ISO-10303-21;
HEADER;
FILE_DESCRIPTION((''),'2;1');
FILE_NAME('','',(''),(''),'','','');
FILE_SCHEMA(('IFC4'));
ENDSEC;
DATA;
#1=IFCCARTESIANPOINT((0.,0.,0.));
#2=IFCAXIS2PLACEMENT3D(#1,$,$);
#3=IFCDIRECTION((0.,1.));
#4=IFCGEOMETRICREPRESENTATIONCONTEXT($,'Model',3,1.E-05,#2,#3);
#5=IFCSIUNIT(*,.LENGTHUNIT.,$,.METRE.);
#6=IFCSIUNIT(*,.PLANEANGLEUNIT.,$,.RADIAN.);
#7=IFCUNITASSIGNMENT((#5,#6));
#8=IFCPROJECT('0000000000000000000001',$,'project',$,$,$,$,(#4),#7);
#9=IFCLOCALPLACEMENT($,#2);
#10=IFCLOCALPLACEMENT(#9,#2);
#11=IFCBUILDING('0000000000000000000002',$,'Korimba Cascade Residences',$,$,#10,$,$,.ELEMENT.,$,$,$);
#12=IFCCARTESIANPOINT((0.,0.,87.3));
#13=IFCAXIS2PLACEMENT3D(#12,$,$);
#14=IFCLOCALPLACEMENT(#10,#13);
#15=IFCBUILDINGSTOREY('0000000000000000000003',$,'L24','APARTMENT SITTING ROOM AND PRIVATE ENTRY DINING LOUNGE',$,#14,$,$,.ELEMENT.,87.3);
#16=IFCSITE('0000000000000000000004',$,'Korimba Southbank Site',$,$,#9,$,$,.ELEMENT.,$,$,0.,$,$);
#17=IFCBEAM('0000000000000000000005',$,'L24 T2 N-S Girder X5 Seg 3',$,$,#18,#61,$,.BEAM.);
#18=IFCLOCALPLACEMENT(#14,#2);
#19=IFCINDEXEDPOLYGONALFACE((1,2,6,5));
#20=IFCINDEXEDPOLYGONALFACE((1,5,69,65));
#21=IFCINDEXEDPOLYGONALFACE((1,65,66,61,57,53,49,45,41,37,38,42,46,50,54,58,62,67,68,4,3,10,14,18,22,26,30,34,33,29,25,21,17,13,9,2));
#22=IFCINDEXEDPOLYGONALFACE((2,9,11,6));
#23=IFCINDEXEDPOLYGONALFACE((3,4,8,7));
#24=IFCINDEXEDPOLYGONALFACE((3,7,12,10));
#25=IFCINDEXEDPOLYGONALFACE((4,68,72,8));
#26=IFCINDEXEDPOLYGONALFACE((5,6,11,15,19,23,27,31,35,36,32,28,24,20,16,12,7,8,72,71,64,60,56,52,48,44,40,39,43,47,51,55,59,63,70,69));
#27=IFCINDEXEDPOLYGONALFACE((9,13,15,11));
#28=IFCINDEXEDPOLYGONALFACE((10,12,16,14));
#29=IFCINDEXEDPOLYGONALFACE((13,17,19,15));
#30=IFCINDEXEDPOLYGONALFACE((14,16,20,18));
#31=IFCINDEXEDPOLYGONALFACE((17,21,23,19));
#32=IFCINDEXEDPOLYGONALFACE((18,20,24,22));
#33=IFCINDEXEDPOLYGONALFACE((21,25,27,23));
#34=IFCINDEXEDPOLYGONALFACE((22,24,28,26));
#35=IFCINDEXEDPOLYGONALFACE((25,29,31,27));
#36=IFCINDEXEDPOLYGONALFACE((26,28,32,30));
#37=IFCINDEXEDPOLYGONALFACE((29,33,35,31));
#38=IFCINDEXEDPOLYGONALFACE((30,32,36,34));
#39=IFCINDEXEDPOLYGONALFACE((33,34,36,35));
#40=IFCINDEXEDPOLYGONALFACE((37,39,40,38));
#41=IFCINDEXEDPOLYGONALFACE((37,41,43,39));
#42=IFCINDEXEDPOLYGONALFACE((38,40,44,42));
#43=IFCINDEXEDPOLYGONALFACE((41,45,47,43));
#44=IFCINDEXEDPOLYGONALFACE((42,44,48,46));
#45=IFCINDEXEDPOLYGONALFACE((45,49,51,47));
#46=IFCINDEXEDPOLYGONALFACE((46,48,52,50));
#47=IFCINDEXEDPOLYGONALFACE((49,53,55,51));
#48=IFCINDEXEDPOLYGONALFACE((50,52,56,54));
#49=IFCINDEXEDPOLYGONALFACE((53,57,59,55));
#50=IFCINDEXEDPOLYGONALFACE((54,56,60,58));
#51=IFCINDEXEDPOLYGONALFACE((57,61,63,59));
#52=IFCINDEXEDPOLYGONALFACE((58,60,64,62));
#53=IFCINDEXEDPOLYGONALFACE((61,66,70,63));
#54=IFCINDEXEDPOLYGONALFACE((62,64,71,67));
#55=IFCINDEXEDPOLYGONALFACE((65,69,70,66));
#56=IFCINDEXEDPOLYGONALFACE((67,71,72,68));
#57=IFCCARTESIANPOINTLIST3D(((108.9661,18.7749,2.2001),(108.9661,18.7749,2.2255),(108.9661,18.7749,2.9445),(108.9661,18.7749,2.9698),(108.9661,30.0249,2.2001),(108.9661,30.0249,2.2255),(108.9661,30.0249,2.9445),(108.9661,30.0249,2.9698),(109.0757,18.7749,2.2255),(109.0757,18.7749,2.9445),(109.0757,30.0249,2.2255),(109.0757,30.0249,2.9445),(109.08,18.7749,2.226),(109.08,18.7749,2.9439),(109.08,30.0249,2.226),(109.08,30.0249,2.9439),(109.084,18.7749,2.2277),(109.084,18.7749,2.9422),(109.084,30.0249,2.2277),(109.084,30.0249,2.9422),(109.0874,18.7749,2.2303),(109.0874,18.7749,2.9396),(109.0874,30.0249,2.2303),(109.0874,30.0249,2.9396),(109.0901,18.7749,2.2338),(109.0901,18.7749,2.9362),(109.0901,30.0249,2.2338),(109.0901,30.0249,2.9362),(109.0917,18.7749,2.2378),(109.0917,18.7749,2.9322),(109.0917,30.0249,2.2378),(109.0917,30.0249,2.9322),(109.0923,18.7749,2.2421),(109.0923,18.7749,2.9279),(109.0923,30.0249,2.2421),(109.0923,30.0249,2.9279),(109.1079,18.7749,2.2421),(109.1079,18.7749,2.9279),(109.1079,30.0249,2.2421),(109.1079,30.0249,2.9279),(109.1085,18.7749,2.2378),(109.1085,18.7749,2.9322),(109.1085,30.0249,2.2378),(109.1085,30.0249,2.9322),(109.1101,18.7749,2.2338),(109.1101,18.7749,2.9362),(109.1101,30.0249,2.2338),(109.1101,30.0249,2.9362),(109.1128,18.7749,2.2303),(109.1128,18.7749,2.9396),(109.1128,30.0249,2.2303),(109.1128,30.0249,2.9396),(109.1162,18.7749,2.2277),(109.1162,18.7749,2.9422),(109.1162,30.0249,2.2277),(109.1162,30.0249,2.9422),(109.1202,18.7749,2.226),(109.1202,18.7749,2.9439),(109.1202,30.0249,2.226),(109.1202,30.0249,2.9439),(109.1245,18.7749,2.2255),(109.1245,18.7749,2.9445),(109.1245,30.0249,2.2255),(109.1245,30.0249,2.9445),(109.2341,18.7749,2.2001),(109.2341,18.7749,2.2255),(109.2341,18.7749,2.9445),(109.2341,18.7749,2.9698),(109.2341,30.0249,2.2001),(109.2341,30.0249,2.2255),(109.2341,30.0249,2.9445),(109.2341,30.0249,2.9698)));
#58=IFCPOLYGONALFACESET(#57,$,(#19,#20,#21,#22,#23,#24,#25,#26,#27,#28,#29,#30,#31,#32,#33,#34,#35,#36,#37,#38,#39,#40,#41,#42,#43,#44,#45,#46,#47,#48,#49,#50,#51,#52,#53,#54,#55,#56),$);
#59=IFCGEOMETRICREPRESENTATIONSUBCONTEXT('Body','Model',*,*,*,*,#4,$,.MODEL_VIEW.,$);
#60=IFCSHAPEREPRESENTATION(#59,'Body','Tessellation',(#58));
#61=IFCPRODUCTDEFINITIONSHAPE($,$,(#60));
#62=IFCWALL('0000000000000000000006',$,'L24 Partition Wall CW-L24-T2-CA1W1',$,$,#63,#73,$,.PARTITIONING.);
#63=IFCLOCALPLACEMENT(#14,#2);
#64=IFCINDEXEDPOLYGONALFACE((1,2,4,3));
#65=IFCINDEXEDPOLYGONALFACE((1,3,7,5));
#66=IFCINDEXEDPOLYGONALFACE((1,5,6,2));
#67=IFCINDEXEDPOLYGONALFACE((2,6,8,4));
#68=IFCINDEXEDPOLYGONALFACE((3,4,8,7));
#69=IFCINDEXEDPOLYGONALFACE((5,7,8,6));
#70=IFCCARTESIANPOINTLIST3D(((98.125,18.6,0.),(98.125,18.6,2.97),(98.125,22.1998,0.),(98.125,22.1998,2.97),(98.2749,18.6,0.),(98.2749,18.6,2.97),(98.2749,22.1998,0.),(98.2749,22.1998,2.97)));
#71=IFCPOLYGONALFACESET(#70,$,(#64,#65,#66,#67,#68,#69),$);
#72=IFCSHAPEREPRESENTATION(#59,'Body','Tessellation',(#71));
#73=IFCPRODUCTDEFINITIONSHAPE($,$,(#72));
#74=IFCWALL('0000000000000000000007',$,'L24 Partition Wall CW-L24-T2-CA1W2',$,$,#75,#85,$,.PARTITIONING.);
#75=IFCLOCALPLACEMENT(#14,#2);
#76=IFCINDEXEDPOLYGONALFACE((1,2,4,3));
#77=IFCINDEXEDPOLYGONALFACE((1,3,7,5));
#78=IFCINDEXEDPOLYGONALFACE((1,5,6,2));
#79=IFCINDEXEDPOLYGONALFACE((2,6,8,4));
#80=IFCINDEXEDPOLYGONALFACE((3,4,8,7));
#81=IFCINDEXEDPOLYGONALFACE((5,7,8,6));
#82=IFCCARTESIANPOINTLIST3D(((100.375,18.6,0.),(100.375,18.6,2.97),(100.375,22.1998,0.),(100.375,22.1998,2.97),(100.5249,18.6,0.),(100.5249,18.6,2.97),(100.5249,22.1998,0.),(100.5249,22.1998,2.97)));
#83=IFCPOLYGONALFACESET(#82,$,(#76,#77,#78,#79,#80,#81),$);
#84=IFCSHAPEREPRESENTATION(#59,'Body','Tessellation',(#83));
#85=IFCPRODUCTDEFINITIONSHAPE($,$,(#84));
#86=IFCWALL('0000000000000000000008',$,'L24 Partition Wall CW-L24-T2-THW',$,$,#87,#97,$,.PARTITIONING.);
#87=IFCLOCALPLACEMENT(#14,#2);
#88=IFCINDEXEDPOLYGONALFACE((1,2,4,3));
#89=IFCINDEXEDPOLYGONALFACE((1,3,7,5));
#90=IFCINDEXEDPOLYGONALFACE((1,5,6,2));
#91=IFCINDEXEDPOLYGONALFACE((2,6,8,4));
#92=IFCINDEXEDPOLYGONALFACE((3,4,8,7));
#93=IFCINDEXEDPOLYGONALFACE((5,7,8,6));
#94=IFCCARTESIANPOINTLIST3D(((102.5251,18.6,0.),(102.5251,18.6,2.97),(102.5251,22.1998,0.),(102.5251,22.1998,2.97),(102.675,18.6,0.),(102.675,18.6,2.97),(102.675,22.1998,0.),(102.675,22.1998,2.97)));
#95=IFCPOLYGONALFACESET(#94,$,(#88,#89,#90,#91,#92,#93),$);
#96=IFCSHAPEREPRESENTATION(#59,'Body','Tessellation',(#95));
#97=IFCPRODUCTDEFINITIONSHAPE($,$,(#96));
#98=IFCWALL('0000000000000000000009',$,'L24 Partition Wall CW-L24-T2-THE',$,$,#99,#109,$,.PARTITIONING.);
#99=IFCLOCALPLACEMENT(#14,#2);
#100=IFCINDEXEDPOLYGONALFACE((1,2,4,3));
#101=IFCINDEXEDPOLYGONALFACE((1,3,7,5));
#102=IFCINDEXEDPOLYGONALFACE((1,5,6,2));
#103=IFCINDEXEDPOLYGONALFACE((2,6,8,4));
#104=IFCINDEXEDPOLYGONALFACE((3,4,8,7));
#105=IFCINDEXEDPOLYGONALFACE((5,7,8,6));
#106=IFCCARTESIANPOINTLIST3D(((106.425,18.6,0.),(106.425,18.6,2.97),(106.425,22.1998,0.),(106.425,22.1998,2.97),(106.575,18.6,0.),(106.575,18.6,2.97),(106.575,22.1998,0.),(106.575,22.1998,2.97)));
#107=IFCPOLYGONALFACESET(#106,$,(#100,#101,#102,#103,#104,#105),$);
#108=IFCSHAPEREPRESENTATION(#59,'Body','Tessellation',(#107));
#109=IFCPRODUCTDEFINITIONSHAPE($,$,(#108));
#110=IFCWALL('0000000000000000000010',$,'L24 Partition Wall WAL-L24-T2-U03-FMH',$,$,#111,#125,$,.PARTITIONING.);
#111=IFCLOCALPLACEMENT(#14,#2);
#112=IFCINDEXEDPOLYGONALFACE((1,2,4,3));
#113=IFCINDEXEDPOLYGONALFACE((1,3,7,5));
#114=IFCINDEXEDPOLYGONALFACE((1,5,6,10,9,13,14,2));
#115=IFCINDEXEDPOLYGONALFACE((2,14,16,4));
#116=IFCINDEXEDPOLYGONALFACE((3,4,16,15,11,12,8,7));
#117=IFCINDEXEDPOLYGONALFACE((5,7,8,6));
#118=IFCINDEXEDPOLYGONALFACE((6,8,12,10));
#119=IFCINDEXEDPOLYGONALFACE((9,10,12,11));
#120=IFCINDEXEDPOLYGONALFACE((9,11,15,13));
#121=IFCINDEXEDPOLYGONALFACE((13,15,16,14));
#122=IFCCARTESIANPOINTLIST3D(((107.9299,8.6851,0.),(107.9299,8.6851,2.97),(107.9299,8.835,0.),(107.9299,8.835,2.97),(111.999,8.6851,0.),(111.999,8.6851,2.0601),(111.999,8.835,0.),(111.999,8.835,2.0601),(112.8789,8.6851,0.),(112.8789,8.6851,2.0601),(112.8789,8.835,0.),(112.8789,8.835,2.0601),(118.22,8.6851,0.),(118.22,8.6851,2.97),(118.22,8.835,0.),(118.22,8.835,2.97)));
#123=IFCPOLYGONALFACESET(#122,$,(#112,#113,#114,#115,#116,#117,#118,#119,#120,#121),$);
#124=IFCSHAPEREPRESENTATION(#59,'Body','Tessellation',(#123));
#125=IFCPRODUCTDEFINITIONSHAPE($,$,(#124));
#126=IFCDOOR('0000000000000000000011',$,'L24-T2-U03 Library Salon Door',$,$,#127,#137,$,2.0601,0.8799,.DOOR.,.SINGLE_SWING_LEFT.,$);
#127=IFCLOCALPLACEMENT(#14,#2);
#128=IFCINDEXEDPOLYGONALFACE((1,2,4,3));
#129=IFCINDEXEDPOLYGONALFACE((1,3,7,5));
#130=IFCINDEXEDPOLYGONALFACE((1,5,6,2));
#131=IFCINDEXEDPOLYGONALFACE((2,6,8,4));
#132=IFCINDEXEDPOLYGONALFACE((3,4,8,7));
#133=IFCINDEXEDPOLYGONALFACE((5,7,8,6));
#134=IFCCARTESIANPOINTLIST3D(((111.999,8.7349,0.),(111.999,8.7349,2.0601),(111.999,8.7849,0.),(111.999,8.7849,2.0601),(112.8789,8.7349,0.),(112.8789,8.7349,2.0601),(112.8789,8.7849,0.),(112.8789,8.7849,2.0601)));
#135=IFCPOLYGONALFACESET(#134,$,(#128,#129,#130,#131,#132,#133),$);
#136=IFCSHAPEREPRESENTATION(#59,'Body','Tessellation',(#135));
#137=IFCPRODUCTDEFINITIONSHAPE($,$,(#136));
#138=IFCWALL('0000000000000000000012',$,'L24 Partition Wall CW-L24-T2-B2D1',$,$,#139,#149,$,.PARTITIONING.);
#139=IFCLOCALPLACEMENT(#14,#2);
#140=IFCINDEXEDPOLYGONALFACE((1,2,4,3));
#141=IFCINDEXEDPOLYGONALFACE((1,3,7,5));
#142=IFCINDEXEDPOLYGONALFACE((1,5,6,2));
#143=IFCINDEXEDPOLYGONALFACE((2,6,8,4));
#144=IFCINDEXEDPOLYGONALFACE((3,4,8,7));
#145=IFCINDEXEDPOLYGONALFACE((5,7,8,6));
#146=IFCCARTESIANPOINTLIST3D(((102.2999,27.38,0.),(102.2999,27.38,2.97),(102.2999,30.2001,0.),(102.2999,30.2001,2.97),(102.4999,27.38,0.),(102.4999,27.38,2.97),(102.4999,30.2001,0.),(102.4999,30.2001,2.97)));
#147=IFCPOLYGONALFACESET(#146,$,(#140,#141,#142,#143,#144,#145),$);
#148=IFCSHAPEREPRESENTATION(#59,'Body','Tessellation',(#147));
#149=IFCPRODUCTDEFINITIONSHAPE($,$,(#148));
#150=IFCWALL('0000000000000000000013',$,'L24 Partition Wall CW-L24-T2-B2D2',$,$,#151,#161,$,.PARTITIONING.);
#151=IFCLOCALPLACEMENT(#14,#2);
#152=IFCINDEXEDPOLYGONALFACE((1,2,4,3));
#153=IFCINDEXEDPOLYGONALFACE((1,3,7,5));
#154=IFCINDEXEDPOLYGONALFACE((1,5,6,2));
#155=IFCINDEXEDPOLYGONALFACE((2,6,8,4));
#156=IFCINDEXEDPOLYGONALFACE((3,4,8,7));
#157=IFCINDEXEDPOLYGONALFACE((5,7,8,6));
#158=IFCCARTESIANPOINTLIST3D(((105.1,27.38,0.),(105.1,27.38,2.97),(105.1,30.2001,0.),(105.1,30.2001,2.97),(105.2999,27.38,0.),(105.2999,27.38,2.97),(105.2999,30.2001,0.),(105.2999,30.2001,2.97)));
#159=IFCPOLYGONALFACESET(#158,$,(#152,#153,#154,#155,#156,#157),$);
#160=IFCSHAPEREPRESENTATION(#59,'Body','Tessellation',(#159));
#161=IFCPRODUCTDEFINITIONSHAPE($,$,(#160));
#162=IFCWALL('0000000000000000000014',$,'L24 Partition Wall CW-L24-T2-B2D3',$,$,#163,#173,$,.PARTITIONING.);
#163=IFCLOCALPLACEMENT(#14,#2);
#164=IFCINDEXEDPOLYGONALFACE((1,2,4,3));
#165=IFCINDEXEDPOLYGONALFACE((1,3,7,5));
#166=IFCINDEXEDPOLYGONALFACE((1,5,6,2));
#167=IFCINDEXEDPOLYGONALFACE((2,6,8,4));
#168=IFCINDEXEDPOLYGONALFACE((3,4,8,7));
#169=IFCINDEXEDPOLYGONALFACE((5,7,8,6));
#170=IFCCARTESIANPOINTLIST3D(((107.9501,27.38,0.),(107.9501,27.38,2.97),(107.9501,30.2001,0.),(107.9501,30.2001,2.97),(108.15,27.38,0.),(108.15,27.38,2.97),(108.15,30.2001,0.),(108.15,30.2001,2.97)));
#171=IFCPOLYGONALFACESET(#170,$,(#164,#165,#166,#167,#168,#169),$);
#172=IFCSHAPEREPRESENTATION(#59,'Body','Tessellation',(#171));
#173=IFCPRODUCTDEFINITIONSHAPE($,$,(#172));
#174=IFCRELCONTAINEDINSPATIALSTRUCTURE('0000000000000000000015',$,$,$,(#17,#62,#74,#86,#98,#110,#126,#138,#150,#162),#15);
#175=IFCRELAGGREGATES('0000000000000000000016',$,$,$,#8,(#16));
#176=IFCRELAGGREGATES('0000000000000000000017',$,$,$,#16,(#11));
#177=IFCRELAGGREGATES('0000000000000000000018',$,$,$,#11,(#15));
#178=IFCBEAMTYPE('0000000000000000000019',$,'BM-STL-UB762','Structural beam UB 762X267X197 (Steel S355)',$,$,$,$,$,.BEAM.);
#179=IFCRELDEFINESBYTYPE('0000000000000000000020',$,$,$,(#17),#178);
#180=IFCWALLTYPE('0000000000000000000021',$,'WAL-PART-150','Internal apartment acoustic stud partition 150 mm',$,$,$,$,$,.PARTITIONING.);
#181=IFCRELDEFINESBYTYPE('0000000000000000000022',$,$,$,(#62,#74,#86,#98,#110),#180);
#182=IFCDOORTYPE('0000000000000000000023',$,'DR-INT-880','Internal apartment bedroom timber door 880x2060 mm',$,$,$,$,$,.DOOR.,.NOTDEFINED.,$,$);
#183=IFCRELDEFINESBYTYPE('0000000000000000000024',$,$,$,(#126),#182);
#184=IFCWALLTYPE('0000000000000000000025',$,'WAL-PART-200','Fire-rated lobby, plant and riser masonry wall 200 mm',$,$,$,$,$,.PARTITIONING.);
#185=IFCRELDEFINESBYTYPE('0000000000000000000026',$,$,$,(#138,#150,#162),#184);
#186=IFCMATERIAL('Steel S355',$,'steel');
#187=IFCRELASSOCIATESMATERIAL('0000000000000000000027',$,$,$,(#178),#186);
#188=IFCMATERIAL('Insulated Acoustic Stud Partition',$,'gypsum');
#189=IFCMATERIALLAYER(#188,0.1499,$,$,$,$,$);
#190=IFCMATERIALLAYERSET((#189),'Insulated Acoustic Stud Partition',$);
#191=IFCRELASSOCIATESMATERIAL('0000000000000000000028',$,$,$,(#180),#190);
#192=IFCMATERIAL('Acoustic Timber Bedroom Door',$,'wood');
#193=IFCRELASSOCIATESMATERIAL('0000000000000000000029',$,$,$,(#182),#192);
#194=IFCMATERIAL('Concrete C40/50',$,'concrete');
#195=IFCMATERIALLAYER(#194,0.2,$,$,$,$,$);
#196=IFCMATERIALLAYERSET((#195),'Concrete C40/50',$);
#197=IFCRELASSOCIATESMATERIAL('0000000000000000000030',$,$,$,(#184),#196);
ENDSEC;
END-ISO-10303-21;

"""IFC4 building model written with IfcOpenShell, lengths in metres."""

from ifc_helpers import new_model, si_unit, direction, frame, frame_2d, origin, origin_2d, place, context, subcontext, project, spatial, rectangle, i_section, extrude, material, layer, layer_set, material_profile, profile_set, type_object, element, fill, save


model = new_model("IFC4")

# Units and contexts
model_context = context("Model", 3, precision=1e-05, world=origin(), true_north=direction((0.0, 1.0)))
body_context = subcontext(model_context, "Body", "Model", "MODEL_VIEW")
ifc_project = project(units=[si_unit("LENGTHUNIT", "METRE"), si_unit("PLANEANGLEUNIT", "RADIAN")], contexts=[model_context])

# Site, building, storey
site_placement = place(None, origin())
site = spatial("IfcSite", under=ifc_project, at=site_placement, Name="Korimba Southbank Site", CompositionType="ELEMENT", RefElevation=0.0)
building_placement = place(site_placement, origin())
building = spatial("IfcBuilding", under=site, at=building_placement, Name="Korimba Cascade Residences", CompositionType="ELEMENT")
storey_placement = place(building_placement, frame((0.0, 0.0, 87.3)))
storey = spatial("IfcBuildingStorey", under=building, at=storey_placement, Name="L24", Description="APARTMENT SITTING ROOM AND PRIVATE ENTRY DINING LOUNGE", CompositionType="ELEMENT", Elevation=87.3)

# Beam
ifc_material_1 = material(Name="Steel S355", Category="steel")
ifc_material_profile_1 = material_profile(ifc_material_1, i_section(OverallWidth=0.2681, OverallDepth=0.7698, WebThickness=0.0156, FlangeThickness=0.0254, FilletRadius=0.0166, at=origin_2d()), Name="Steel S355")
ifc_profile_set_1 = profile_set([ifc_material_profile_1], Name="Steel S355")
beam_type = type_object("IfcBeamType", Name="BM-STL-UB762", Description="Structural beam UB 762X267X197 (Steel S355)", PredefinedType="BEAM", material=ifc_profile_set_1)
beam_1_placement = place(storey_placement, frame((109.1001, 18.7749, 2.585), z_axis=(0.0, 1.0, 0.0), x_axis=(-1.0, 0.0, 0.0)))
element("IfcBeam", 1, at=beam_1_placement, inside=storey, type_object=beam_type, Name="L24 T2 N-S Girder X5 Seg 3", PredefinedType="BEAM", context=body_context, shape_type="SweptSolid", body=[
    extrude(i_section(OverallWidth=0.2681, OverallDepth=0.7698, WebThickness=0.0156, FlangeThickness=0.0254, FilletRadius=0.0166, at=origin_2d()), origin(), (0.0, 0.0, 1.0), 11.25),
])

# Walls
ifc_material_2 = material(Name="Insulated Acoustic Stud Partition", Category="gypsum")
ifc_layer_1 = layer(ifc_material_2, 0.1499)
ifc_layer_set_1 = layer_set([ifc_layer_1], Name="Insulated Acoustic Stud Partition")
wall_type_1 = type_object("IfcWallType", Name="WAL-PART-150", Description="Internal apartment acoustic stud partition 150 mm", PredefinedType="PARTITIONING", material=ifc_layer_set_1)
for number, where, z_axis, x_axis, name in (
    (2, (98.2, 18.6001, 0.0), (0.0, 0.0, 1.0), (0.0, 1.0, 0.0), "L24 Partition Wall CW-L24-T2-CA1W1"),
    (3, (100.45, 18.6001, 0.0), (0.0, 0.0, 1.0), (0.0, 1.0, 0.0), "L24 Partition Wall CW-L24-T2-CA1W2"),
    (4, (102.6001, 18.6001, 0.0), (0.0, 0.0, 1.0), (0.0, 1.0, 0.0), "L24 Partition Wall CW-L24-T2-THW"),
    (5, (106.5, 18.6001, 0.0), (0.0, 0.0, 1.0), (0.0, 1.0, 0.0), "L24 Partition Wall CW-L24-T2-THE"),
):
    element("IfcWall", number, at=place(storey_placement, frame(where, z_axis=z_axis, x_axis=x_axis)), inside=storey, type_object=wall_type_1, Name=name, PredefinedType="PARTITIONING", context=body_context, shape_type="SweptSolid", body=[
        extrude(rectangle(XDim=3.5999, YDim=0.1499, at=frame_2d((1.7998, 0.0))), origin(), (0.0, 0.0, 1.0), 2.97),
    ])

# Wall, opening, door
wall_1_placement = place(storey_placement, frame((107.9299, 8.76, 0.0), z_axis=(0.0, 0.0, 1.0), x_axis=(1.0, 0.0, 0.0)))
wall_1 = element("IfcWall", 6, at=wall_1_placement, inside=storey, type_object=wall_type_1, Name="L24 Partition Wall WAL-L24-T2-U03-FMH", PredefinedType="PARTITIONING", context=body_context, shape_type="SweptSolid", body=[
    extrude(rectangle(XDim=10.29, YDim=0.1499, at=frame_2d((5.145, 0.0))), origin(), (0.0, 0.0, 1.0), 2.97),
])
opening_1_placement = place(wall_1_placement, frame((4.0691, 0.0, 0.0)))
opening_1 = element("IfcOpeningElement", 7, at=opening_1_placement, cuts=wall_1, PredefinedType="OPENING", context=body_context, shape_type="SweptSolid", body=[
    extrude(rectangle(XDim=0.8799, YDim=2.0601, at=frame_2d((0.4399, 1.03))), frame((0.0, 0.085, 0.0), z_axis=(0.0, -1.0, 0.0), x_axis=(1.0, 0.0, 0.0)), (0.0, 0.0, 1.0), 0.1699),
])
ifc_material_3 = material(Name="Acoustic Timber Bedroom Door", Category="wood")
door_type_1 = type_object("IfcDoorType", Name="DR-INT-880", Description="Internal apartment bedroom timber door 880x2060 mm", OperationType="NOTDEFINED", PredefinedType="DOOR", material=ifc_material_3)
door_1_placement = place(opening_1_placement, origin())
door_1 = element("IfcDoor", 8, at=door_1_placement, inside=storey, type_object=door_type_1, Name="L24-T2-U03 Library Salon Door", OperationType="SINGLE_SWING_LEFT", OverallHeight=2.0601, OverallWidth=0.8799, PredefinedType="DOOR", context=body_context, shape_type="SweptSolid", body=[
    extrude(rectangle(XDim=0.8799, YDim=2.0601, at=frame_2d((0.4399, 1.03))), frame((0.0, 0.0249, 0.0), z_axis=(0.0, -1.0, 0.0), x_axis=(1.0, 0.0, 0.0)), (0.0, 0.0, 1.0), 0.05),
])
fill(opening_1, door_1)

# Walls
ifc_material_4 = material(Name="Concrete C40/50", Category="concrete")
ifc_layer_2 = layer(ifc_material_4, 0.2)
ifc_layer_set_2 = layer_set([ifc_layer_2], Name="Concrete C40/50")
wall_type_2 = type_object("IfcWallType", Name="WAL-PART-200", Description="Fire-rated lobby, plant and riser masonry wall 200 mm", PredefinedType="PARTITIONING", material=ifc_layer_set_2)
for number, where, z_axis, x_axis, name in (
    (9, (102.3999, 27.3799, 0.0), (0.0, 0.0, 1.0), (0.0, 1.0, 0.0), "L24 Partition Wall CW-L24-T2-B2D1"),
    (10, (105.2, 27.3799, 0.0), (0.0, 0.0, 1.0), (0.0, 1.0, 0.0), "L24 Partition Wall CW-L24-T2-B2D2"),
    (11, (108.05, 27.3799, 0.0), (0.0, 0.0, 1.0), (0.0, 1.0, 0.0), "L24 Partition Wall CW-L24-T2-B2D3"),
):
    element("IfcWall", number, at=place(storey_placement, frame(where, z_axis=z_axis, x_axis=x_axis)), inside=storey, type_object=wall_type_2, Name=name, PredefinedType="PARTITIONING", context=body_context, shape_type="SweptSolid", body=[
        extrude(rectangle(XDim=2.8201, YDim=0.2, at=frame_2d((1.4102, 0.0))), origin(), (0.0, 0.0, 1.0), 2.97),
    ])

save(model, "model.ifc")
